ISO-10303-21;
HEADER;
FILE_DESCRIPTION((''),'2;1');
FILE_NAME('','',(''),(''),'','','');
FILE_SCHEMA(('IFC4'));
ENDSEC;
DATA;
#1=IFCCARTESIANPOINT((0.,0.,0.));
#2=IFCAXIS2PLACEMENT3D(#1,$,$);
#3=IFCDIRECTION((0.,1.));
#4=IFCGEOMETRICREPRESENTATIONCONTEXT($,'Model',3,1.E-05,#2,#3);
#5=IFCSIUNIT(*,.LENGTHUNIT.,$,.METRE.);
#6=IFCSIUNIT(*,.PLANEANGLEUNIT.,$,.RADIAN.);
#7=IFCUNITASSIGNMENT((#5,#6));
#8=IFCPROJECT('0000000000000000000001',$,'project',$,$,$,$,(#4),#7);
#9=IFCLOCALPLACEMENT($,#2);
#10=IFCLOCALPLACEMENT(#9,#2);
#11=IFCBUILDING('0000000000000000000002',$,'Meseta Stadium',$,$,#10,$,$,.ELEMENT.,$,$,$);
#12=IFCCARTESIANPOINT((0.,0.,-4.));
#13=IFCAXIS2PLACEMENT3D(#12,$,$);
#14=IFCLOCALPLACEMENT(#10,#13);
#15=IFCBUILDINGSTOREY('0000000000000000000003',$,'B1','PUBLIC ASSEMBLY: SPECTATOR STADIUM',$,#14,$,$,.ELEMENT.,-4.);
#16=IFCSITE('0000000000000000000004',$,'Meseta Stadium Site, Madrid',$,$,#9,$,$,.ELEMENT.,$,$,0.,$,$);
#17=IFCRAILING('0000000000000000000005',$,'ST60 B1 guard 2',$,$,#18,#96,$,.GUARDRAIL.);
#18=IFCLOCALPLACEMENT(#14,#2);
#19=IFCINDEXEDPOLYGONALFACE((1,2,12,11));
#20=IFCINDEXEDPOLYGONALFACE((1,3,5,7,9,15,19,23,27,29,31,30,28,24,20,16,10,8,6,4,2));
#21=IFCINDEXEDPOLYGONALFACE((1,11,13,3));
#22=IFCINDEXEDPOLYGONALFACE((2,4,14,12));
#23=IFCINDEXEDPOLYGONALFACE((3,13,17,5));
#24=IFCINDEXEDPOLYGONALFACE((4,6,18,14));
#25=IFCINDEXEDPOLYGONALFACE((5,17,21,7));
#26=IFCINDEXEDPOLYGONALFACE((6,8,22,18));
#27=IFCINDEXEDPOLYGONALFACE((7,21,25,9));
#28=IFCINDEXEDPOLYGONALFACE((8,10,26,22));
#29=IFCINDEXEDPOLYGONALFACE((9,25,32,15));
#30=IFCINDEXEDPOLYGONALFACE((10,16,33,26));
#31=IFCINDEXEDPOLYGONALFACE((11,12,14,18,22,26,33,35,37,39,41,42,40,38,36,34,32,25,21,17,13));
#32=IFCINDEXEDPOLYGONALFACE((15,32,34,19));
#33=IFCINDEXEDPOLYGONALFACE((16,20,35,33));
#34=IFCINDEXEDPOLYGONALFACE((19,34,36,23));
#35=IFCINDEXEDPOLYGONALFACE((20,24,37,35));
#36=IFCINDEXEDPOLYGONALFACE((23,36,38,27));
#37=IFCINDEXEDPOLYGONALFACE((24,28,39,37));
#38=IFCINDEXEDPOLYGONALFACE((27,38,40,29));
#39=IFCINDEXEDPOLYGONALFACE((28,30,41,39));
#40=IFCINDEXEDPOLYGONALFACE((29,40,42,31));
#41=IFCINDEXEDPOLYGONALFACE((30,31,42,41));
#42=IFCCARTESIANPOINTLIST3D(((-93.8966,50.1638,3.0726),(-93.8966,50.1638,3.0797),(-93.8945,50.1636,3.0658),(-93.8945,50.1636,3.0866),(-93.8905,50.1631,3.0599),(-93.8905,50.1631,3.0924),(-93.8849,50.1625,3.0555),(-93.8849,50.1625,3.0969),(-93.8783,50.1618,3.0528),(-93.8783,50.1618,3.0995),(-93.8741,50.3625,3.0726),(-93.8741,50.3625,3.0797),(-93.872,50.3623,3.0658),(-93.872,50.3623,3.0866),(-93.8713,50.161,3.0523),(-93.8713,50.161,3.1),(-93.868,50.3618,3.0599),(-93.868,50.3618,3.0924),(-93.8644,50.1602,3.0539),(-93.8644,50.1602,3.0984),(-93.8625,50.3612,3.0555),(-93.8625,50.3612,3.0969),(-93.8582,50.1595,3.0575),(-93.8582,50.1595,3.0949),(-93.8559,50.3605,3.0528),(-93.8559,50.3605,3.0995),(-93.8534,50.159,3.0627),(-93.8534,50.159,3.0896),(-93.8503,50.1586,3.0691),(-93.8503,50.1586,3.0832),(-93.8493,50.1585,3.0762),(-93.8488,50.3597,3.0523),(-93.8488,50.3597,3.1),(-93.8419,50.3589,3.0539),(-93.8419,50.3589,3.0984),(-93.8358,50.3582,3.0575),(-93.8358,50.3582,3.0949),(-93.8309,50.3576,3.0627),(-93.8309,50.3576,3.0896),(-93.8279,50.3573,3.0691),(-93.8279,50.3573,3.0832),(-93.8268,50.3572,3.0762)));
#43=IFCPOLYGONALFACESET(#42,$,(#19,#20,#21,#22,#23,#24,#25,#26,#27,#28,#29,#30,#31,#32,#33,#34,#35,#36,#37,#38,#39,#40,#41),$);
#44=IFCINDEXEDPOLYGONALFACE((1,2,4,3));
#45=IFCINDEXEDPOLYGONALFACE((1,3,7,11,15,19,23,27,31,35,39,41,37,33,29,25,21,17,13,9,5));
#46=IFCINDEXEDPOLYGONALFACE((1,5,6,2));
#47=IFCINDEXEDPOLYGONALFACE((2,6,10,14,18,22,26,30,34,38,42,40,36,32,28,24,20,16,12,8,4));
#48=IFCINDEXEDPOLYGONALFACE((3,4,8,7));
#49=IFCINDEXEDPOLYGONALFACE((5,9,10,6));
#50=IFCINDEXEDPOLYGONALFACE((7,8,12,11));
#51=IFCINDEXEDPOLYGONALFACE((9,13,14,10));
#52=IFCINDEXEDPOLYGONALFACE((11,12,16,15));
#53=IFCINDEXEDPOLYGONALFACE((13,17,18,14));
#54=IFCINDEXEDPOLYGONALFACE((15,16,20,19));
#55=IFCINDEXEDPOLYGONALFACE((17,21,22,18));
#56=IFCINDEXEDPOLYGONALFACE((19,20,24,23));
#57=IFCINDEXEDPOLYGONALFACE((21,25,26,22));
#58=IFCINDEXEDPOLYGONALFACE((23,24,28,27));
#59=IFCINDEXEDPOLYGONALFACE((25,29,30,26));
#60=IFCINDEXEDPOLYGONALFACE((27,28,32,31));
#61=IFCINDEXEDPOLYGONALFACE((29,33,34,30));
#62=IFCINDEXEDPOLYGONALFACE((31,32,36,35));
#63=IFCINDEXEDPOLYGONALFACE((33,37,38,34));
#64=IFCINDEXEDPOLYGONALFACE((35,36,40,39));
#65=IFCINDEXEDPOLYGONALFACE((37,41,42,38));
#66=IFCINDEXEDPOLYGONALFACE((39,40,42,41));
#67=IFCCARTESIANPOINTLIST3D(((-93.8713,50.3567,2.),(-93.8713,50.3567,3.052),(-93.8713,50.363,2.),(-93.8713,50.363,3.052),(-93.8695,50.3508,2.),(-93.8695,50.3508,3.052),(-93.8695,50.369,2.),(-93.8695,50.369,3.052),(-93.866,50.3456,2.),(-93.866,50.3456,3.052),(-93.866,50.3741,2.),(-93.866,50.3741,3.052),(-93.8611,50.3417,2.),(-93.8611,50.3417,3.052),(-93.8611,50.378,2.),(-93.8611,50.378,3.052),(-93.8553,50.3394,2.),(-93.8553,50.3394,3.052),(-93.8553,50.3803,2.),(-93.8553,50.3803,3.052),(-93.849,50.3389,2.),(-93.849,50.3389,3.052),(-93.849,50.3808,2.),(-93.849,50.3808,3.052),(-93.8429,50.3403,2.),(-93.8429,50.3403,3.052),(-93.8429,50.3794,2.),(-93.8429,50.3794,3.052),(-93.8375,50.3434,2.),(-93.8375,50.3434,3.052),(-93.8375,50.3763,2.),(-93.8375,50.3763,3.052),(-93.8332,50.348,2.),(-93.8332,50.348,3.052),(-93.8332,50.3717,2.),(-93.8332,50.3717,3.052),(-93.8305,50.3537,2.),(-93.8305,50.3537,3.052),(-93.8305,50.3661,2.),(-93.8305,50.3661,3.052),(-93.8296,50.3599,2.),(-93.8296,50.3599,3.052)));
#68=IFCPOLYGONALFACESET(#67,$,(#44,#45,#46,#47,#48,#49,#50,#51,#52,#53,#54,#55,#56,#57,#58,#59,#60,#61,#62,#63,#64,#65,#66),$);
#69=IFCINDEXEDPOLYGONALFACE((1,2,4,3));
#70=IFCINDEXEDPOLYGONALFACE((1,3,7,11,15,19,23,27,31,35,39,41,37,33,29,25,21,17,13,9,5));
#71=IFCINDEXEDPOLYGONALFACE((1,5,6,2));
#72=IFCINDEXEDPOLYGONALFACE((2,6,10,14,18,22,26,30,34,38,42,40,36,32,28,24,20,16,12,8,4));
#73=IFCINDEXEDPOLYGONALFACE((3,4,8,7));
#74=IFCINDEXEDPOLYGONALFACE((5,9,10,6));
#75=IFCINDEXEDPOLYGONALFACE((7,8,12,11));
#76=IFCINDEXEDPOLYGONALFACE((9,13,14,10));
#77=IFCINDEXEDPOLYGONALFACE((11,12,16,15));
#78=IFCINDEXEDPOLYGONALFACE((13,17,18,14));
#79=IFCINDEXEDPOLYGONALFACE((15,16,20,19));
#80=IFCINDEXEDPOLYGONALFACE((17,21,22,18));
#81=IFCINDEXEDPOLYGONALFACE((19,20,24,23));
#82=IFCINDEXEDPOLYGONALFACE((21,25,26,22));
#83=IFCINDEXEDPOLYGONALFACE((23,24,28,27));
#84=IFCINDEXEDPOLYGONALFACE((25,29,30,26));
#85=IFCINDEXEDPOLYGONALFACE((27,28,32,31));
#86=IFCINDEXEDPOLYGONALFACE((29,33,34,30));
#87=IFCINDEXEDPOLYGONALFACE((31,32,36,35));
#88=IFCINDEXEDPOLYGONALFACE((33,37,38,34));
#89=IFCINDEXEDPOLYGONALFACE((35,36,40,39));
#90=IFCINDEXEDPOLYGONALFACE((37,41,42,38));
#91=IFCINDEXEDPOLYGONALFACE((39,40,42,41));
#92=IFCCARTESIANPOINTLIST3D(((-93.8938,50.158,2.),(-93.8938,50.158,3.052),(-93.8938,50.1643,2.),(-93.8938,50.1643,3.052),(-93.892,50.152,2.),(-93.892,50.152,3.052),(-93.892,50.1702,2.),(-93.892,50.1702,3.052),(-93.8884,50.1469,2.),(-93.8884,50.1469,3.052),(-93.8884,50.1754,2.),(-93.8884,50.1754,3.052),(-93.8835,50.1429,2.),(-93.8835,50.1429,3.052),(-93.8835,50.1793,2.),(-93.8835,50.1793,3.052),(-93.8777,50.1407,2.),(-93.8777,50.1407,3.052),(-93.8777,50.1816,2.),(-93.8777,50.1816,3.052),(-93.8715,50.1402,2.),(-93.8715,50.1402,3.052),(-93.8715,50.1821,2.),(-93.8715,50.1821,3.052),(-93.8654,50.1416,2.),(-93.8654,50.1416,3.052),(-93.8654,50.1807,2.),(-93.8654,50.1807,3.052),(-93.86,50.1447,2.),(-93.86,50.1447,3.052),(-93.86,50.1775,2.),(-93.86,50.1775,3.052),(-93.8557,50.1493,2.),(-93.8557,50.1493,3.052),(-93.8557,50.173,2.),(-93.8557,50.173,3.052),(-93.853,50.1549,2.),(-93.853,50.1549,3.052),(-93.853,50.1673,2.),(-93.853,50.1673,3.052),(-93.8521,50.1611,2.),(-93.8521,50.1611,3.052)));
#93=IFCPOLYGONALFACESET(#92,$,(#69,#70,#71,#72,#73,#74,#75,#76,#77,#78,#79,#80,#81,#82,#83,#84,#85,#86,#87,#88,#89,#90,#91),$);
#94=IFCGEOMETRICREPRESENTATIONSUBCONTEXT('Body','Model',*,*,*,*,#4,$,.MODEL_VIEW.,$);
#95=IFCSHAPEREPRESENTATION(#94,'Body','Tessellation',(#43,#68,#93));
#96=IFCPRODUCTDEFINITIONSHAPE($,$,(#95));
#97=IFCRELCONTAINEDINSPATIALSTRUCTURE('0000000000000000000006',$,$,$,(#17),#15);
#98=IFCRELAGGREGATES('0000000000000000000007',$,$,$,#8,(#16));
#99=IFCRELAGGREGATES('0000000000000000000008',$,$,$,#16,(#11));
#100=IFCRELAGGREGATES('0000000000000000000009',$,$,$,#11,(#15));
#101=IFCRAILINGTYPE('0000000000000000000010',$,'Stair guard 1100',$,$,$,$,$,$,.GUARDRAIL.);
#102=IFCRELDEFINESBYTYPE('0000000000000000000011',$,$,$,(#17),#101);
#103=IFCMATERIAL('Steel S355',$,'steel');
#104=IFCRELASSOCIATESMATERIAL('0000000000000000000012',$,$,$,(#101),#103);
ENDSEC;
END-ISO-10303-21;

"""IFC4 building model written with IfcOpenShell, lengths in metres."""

from ifc_helpers import new_model, si_unit, direction, frame, origin, origin_2d, place, context, subcontext, project, spatial, circle, extrude, material, type_object, element, save


model = new_model("IFC4")

# Units and contexts
model_context = context("Model", 3, precision=1e-05, world=origin(), true_north=direction((0.0, 1.0)))
body_context = subcontext(model_context, "Body", "Model", "MODEL_VIEW")
ifc_project = project(units=[si_unit("LENGTHUNIT", "METRE"), si_unit("PLANEANGLEUNIT", "RADIAN")], contexts=[model_context])

# Site, building, storey
site_placement = place(None, origin())
site = spatial("IfcSite", under=ifc_project, at=site_placement, Name="Meseta Stadium Site, Madrid", CompositionType="ELEMENT", RefElevation=0.0)
building_placement = place(site_placement, origin())
building = spatial("IfcBuilding", under=site, at=building_placement, Name="Meseta Stadium", CompositionType="ELEMENT")
storey_placement = place(building_placement, frame((0.0, 0.0, -4.0)))
storey = spatial("IfcBuildingStorey", under=building, at=storey_placement, Name="B1", Description="PUBLIC ASSEMBLY: SPECTATOR STADIUM", CompositionType="ELEMENT", Elevation=-4.0)

# Railing
ifc_material_1 = material(Name="Steel S355", Category="steel")
railing_type_1 = type_object("IfcRailingType", Name="Stair guard 1100", PredefinedType="GUARDRAIL", material=ifc_material_1)
railing_1_placement = place(storey_placement, frame((-93.8506, 50.3599, 2.0)))
element("IfcRailing", 1, at=railing_1_placement, inside=storey, type_object=railing_type_1, Name="ST60 B1 guard 2", PredefinedType="GUARDRAIL", context=body_context, shape_type="SweptSolid", body=[
    extrude(circle(Radius=0.0239, at=origin_2d()), frame((0.0, 0.0, 1.0762), z_axis=(-0.112307, -0.993674, 0.0), x_axis=(0.993674, -0.112307, 0.0)), (0.0, 0.0, 1.0), 0.2),
    extrude(circle(Radius=0.021, at=origin_2d()), origin(), (0.0, 0.0, 1.0), 1.052),
    extrude(circle(Radius=0.021, at=origin_2d()), frame((-0.0225, -0.1987, 0.0)), (0.0, 0.0, 1.0), 1.052),
])

save(model, "model.ifc")
